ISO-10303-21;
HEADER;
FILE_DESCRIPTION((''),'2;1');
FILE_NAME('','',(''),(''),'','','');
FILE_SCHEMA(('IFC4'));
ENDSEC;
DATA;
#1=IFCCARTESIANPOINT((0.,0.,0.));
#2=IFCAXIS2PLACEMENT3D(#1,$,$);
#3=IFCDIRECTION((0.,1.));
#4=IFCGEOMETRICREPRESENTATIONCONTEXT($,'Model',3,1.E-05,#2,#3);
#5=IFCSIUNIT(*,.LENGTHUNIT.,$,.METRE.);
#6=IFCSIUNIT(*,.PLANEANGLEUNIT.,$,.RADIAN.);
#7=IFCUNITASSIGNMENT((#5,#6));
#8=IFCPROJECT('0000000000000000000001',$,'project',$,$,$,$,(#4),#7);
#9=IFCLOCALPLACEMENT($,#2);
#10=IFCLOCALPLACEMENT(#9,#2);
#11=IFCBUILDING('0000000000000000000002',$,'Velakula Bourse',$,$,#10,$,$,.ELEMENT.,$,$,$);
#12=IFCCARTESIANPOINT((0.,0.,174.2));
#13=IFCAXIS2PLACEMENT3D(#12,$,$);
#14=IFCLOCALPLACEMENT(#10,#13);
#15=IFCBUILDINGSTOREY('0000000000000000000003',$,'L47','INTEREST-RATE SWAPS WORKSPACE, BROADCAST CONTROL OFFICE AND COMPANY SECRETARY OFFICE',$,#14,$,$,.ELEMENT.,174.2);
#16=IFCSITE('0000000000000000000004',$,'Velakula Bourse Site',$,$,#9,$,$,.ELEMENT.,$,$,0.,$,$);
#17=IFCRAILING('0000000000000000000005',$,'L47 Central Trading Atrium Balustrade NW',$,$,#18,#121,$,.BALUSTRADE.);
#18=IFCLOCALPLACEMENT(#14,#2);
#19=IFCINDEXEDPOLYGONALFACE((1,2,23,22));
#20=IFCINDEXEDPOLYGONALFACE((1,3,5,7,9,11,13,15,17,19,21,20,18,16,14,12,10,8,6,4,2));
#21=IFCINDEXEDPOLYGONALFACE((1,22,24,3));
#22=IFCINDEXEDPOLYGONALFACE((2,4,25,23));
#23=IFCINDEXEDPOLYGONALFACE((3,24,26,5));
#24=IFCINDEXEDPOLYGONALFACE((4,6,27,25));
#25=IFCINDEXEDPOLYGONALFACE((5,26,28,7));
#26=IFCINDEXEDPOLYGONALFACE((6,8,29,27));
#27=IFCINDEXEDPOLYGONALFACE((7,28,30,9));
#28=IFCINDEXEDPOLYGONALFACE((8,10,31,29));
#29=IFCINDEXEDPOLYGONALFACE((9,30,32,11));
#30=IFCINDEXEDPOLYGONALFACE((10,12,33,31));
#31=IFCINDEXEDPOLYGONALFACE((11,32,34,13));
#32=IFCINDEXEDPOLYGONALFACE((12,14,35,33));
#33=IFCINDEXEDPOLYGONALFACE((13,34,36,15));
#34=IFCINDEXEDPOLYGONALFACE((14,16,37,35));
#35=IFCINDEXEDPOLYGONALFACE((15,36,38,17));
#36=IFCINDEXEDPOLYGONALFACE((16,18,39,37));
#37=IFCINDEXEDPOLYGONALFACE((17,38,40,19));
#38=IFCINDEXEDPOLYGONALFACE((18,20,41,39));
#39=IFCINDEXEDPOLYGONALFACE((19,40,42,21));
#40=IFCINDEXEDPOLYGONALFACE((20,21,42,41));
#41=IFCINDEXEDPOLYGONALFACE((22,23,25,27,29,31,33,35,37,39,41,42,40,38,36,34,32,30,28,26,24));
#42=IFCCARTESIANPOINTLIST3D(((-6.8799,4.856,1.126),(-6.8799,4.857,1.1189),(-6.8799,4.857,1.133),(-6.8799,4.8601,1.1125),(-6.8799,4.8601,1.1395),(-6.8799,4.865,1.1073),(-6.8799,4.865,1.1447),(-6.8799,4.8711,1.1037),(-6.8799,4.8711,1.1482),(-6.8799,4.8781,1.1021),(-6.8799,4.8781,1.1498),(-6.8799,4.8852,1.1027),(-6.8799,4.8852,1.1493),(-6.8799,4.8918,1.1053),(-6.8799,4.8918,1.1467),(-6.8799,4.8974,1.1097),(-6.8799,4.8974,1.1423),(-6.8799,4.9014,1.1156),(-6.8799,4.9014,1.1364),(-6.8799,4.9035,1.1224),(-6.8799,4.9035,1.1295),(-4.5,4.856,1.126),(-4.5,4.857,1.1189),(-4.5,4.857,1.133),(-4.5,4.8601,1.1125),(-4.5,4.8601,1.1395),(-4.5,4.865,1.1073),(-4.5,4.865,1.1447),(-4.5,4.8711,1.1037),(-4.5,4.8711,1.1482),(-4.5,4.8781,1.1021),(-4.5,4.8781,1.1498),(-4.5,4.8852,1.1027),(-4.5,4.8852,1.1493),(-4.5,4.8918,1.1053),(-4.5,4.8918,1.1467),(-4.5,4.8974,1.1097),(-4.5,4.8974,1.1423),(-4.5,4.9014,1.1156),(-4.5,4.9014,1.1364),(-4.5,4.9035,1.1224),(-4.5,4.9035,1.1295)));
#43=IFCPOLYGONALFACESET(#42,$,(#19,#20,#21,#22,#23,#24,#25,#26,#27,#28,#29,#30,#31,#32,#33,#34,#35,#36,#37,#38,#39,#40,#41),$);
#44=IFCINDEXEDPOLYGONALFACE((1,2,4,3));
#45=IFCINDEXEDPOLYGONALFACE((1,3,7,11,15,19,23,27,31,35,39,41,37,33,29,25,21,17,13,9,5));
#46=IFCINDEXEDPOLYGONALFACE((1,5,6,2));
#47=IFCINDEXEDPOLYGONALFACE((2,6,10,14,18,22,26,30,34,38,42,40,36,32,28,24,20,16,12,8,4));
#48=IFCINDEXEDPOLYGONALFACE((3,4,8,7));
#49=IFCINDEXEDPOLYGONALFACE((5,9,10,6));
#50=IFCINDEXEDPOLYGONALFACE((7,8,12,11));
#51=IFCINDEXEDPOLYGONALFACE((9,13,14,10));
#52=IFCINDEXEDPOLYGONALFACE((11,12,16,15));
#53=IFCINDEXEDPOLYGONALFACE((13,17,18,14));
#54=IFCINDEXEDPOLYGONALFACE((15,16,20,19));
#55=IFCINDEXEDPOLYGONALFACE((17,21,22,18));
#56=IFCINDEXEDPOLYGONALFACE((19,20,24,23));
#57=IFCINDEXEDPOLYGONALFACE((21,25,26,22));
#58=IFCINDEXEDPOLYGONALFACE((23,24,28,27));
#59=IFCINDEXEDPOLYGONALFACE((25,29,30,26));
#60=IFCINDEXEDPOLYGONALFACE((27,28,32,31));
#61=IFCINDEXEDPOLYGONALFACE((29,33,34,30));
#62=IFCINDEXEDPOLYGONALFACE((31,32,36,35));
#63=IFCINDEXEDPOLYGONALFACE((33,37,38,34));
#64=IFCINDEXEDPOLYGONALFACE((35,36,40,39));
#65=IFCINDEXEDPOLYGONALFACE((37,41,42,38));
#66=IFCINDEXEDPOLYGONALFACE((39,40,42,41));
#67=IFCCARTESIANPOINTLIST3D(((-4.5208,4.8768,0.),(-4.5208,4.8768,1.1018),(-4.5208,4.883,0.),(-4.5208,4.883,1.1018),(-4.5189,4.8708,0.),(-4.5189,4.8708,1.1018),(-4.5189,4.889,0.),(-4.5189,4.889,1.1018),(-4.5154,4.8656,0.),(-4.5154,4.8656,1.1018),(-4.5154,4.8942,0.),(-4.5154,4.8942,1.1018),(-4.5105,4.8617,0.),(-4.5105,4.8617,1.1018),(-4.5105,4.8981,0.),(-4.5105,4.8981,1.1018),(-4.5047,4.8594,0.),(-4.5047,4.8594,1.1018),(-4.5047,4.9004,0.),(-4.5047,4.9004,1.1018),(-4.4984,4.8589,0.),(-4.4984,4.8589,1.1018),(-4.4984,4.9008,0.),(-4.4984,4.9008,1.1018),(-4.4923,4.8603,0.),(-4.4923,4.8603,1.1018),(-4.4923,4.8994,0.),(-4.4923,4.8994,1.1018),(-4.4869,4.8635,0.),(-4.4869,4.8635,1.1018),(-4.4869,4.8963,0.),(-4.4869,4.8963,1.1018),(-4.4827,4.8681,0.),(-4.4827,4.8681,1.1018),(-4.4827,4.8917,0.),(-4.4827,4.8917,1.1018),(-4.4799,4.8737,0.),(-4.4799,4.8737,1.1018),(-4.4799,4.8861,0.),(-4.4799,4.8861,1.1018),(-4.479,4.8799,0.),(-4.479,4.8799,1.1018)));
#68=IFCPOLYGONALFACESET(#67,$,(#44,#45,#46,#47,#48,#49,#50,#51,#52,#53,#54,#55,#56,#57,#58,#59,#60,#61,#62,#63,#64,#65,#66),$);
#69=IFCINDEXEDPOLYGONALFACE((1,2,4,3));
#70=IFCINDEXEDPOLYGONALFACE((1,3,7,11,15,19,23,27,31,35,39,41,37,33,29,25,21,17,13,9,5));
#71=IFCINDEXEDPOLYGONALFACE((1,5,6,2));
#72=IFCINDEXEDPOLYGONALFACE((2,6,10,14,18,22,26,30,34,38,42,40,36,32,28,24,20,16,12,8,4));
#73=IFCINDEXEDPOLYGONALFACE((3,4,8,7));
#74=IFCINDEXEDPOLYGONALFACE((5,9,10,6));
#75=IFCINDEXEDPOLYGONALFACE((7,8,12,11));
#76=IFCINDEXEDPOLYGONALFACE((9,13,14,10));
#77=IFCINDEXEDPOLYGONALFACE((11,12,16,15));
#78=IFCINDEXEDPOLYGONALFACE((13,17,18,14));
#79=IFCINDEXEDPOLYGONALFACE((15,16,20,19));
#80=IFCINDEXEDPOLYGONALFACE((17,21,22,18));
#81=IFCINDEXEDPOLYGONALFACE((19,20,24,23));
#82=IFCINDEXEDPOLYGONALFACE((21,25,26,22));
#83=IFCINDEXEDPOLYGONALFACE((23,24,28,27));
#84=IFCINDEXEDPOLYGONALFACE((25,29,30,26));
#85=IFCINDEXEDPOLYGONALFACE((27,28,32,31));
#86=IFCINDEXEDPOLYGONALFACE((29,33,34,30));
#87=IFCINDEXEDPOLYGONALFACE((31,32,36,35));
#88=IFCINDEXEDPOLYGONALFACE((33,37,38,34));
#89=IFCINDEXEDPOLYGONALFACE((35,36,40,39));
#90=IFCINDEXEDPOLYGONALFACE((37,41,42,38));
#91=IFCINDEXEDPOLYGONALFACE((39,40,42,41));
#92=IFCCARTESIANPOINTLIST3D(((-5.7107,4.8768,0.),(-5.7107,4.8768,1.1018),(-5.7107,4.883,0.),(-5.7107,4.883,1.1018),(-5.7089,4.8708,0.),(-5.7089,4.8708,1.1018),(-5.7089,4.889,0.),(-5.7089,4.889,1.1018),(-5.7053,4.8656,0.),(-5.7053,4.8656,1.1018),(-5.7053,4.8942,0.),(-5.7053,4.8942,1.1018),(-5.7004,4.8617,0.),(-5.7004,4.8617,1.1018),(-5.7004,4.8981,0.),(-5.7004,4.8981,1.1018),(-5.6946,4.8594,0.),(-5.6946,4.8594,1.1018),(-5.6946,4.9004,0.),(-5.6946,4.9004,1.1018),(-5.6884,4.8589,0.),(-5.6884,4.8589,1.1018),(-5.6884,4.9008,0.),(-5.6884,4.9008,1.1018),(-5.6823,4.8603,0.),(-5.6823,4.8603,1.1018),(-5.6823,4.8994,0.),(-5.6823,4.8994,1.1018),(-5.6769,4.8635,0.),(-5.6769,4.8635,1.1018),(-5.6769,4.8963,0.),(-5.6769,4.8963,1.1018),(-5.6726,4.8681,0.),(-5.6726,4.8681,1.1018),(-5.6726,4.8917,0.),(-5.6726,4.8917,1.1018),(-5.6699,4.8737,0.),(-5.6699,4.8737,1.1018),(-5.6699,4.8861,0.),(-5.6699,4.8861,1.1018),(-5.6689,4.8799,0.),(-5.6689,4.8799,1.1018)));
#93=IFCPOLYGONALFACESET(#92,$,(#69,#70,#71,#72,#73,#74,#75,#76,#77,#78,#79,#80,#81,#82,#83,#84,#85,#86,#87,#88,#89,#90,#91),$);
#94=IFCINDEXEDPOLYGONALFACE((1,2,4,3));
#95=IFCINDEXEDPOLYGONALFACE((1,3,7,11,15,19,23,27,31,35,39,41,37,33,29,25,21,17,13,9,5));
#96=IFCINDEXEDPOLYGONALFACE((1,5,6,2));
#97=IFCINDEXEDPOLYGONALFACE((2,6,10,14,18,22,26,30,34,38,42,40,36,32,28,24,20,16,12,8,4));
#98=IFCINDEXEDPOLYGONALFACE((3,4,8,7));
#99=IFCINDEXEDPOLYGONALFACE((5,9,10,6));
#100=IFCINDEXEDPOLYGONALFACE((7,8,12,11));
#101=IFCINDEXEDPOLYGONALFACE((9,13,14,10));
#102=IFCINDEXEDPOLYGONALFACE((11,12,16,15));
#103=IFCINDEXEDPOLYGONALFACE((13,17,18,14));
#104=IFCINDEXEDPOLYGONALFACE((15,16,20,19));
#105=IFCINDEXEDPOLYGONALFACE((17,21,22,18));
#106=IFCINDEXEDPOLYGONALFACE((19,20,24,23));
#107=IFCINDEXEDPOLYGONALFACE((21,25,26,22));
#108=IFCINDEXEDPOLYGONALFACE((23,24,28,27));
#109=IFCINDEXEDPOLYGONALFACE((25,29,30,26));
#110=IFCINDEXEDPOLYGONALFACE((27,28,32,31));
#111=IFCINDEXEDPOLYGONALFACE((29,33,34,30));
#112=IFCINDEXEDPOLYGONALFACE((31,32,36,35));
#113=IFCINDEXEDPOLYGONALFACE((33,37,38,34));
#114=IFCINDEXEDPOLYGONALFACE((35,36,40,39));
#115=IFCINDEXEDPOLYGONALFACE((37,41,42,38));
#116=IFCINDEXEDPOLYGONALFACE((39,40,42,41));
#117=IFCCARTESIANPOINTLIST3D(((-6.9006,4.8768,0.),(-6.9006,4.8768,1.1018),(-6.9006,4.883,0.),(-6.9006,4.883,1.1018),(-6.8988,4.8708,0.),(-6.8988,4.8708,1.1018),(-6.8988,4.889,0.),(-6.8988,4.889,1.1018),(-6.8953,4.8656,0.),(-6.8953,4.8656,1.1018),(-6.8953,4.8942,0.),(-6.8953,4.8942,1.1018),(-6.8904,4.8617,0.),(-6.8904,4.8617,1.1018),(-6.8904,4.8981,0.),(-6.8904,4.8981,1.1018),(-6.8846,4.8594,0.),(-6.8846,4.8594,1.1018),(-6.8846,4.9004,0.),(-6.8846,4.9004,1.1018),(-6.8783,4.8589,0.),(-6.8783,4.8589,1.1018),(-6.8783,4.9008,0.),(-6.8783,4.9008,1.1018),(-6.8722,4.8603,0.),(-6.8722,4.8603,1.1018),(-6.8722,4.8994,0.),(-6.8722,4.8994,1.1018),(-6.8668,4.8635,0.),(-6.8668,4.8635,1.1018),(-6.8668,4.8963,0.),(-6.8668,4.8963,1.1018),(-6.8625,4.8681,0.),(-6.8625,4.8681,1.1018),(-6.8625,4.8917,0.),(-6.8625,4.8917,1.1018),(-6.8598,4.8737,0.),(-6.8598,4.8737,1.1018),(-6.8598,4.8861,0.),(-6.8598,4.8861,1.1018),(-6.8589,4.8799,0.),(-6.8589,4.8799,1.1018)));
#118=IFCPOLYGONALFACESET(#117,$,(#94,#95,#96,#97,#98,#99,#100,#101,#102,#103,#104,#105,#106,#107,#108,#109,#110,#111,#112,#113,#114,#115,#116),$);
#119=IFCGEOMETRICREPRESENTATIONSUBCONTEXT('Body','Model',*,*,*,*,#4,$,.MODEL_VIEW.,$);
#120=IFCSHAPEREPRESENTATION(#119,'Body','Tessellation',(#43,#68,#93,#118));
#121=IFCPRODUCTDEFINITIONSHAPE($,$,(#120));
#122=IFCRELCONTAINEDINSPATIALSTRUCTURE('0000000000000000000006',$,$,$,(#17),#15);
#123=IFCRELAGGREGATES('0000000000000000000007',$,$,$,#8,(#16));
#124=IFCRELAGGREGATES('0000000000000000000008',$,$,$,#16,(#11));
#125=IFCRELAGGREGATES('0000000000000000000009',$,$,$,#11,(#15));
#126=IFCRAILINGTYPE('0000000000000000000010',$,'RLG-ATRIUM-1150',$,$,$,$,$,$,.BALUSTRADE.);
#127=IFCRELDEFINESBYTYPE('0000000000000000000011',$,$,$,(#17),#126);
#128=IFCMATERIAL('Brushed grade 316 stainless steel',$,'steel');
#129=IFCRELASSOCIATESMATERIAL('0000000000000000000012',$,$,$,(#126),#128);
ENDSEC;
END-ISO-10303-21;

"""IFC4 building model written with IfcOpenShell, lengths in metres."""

from ifc_helpers import new_model, si_unit, direction, frame, origin, origin_2d, place, context, subcontext, project, spatial, circle, extrude, material, type_object, element, save


model = new_model("IFC4")

# Units and contexts
model_context = context("Model", 3, precision=1e-05, world=origin(), true_north=direction((0.0, 1.0)))
body_context = subcontext(model_context, "Body", "Model", "MODEL_VIEW")
ifc_project = project(units=[si_unit("LENGTHUNIT", "METRE"), si_unit("PLANEANGLEUNIT", "RADIAN")], contexts=[model_context])

# Site, building, storey
site_placement = place(None, origin())
site = spatial("IfcSite", under=ifc_project, at=site_placement, Name="Velakula Bourse Site", CompositionType="ELEMENT", RefElevation=0.0)
building_placement = place(site_placement, origin())
building = spatial("IfcBuilding", under=site, at=building_placement, Name="Velakula Bourse", CompositionType="ELEMENT")
storey_placement = place(building_placement, frame((0.0, 0.0, 174.2)))
storey = spatial("IfcBuildingStorey", under=building, at=storey_placement, Name="L47", Description="INTEREST-RATE SWAPS WORKSPACE, BROADCAST CONTROL OFFICE AND COMPANY SECRETARY OFFICE", CompositionType="ELEMENT", Elevation=174.2)

# Railing
ifc_material_1 = material(Name="Brushed grade 316 stainless steel", Category="steel")
railing_type = type_object("IfcRailingType", Name="RLG-ATRIUM-1150", PredefinedType="BALUSTRADE", material=ifc_material_1)
railing_1_placement = place(storey_placement, frame((-4.5, 4.8799, 0.0)))
element("IfcRailing", 1, at=railing_1_placement, inside=storey, type_object=railing_type, Name="L47 Central Trading Atrium Balustrade NW", PredefinedType="BALUSTRADE", context=body_context, shape_type="SweptSolid", body=[
    extrude(circle(Radius=0.0239, at=origin_2d()), frame((0.0, 0.0, 1.126), z_axis=(-1.0, 0.0, 0.0), x_axis=(0.0, -1.0, 0.0)), (0.0, 0.0, 1.0), 2.3799),
    extrude(circle(Radius=0.021, at=origin_2d()), origin(), (0.0, 0.0, 1.0), 1.1018),
    extrude(circle(Radius=0.021, at=origin_2d()), frame((-1.1899, 0.0, 0.0)), (0.0, 0.0, 1.0), 1.1018),
    extrude(circle(Radius=0.021, at=origin_2d()), frame((-2.3799, 0.0, 0.0)), (0.0, 0.0, 1.0), 1.1018),
])

save(model, "model.ifc")
